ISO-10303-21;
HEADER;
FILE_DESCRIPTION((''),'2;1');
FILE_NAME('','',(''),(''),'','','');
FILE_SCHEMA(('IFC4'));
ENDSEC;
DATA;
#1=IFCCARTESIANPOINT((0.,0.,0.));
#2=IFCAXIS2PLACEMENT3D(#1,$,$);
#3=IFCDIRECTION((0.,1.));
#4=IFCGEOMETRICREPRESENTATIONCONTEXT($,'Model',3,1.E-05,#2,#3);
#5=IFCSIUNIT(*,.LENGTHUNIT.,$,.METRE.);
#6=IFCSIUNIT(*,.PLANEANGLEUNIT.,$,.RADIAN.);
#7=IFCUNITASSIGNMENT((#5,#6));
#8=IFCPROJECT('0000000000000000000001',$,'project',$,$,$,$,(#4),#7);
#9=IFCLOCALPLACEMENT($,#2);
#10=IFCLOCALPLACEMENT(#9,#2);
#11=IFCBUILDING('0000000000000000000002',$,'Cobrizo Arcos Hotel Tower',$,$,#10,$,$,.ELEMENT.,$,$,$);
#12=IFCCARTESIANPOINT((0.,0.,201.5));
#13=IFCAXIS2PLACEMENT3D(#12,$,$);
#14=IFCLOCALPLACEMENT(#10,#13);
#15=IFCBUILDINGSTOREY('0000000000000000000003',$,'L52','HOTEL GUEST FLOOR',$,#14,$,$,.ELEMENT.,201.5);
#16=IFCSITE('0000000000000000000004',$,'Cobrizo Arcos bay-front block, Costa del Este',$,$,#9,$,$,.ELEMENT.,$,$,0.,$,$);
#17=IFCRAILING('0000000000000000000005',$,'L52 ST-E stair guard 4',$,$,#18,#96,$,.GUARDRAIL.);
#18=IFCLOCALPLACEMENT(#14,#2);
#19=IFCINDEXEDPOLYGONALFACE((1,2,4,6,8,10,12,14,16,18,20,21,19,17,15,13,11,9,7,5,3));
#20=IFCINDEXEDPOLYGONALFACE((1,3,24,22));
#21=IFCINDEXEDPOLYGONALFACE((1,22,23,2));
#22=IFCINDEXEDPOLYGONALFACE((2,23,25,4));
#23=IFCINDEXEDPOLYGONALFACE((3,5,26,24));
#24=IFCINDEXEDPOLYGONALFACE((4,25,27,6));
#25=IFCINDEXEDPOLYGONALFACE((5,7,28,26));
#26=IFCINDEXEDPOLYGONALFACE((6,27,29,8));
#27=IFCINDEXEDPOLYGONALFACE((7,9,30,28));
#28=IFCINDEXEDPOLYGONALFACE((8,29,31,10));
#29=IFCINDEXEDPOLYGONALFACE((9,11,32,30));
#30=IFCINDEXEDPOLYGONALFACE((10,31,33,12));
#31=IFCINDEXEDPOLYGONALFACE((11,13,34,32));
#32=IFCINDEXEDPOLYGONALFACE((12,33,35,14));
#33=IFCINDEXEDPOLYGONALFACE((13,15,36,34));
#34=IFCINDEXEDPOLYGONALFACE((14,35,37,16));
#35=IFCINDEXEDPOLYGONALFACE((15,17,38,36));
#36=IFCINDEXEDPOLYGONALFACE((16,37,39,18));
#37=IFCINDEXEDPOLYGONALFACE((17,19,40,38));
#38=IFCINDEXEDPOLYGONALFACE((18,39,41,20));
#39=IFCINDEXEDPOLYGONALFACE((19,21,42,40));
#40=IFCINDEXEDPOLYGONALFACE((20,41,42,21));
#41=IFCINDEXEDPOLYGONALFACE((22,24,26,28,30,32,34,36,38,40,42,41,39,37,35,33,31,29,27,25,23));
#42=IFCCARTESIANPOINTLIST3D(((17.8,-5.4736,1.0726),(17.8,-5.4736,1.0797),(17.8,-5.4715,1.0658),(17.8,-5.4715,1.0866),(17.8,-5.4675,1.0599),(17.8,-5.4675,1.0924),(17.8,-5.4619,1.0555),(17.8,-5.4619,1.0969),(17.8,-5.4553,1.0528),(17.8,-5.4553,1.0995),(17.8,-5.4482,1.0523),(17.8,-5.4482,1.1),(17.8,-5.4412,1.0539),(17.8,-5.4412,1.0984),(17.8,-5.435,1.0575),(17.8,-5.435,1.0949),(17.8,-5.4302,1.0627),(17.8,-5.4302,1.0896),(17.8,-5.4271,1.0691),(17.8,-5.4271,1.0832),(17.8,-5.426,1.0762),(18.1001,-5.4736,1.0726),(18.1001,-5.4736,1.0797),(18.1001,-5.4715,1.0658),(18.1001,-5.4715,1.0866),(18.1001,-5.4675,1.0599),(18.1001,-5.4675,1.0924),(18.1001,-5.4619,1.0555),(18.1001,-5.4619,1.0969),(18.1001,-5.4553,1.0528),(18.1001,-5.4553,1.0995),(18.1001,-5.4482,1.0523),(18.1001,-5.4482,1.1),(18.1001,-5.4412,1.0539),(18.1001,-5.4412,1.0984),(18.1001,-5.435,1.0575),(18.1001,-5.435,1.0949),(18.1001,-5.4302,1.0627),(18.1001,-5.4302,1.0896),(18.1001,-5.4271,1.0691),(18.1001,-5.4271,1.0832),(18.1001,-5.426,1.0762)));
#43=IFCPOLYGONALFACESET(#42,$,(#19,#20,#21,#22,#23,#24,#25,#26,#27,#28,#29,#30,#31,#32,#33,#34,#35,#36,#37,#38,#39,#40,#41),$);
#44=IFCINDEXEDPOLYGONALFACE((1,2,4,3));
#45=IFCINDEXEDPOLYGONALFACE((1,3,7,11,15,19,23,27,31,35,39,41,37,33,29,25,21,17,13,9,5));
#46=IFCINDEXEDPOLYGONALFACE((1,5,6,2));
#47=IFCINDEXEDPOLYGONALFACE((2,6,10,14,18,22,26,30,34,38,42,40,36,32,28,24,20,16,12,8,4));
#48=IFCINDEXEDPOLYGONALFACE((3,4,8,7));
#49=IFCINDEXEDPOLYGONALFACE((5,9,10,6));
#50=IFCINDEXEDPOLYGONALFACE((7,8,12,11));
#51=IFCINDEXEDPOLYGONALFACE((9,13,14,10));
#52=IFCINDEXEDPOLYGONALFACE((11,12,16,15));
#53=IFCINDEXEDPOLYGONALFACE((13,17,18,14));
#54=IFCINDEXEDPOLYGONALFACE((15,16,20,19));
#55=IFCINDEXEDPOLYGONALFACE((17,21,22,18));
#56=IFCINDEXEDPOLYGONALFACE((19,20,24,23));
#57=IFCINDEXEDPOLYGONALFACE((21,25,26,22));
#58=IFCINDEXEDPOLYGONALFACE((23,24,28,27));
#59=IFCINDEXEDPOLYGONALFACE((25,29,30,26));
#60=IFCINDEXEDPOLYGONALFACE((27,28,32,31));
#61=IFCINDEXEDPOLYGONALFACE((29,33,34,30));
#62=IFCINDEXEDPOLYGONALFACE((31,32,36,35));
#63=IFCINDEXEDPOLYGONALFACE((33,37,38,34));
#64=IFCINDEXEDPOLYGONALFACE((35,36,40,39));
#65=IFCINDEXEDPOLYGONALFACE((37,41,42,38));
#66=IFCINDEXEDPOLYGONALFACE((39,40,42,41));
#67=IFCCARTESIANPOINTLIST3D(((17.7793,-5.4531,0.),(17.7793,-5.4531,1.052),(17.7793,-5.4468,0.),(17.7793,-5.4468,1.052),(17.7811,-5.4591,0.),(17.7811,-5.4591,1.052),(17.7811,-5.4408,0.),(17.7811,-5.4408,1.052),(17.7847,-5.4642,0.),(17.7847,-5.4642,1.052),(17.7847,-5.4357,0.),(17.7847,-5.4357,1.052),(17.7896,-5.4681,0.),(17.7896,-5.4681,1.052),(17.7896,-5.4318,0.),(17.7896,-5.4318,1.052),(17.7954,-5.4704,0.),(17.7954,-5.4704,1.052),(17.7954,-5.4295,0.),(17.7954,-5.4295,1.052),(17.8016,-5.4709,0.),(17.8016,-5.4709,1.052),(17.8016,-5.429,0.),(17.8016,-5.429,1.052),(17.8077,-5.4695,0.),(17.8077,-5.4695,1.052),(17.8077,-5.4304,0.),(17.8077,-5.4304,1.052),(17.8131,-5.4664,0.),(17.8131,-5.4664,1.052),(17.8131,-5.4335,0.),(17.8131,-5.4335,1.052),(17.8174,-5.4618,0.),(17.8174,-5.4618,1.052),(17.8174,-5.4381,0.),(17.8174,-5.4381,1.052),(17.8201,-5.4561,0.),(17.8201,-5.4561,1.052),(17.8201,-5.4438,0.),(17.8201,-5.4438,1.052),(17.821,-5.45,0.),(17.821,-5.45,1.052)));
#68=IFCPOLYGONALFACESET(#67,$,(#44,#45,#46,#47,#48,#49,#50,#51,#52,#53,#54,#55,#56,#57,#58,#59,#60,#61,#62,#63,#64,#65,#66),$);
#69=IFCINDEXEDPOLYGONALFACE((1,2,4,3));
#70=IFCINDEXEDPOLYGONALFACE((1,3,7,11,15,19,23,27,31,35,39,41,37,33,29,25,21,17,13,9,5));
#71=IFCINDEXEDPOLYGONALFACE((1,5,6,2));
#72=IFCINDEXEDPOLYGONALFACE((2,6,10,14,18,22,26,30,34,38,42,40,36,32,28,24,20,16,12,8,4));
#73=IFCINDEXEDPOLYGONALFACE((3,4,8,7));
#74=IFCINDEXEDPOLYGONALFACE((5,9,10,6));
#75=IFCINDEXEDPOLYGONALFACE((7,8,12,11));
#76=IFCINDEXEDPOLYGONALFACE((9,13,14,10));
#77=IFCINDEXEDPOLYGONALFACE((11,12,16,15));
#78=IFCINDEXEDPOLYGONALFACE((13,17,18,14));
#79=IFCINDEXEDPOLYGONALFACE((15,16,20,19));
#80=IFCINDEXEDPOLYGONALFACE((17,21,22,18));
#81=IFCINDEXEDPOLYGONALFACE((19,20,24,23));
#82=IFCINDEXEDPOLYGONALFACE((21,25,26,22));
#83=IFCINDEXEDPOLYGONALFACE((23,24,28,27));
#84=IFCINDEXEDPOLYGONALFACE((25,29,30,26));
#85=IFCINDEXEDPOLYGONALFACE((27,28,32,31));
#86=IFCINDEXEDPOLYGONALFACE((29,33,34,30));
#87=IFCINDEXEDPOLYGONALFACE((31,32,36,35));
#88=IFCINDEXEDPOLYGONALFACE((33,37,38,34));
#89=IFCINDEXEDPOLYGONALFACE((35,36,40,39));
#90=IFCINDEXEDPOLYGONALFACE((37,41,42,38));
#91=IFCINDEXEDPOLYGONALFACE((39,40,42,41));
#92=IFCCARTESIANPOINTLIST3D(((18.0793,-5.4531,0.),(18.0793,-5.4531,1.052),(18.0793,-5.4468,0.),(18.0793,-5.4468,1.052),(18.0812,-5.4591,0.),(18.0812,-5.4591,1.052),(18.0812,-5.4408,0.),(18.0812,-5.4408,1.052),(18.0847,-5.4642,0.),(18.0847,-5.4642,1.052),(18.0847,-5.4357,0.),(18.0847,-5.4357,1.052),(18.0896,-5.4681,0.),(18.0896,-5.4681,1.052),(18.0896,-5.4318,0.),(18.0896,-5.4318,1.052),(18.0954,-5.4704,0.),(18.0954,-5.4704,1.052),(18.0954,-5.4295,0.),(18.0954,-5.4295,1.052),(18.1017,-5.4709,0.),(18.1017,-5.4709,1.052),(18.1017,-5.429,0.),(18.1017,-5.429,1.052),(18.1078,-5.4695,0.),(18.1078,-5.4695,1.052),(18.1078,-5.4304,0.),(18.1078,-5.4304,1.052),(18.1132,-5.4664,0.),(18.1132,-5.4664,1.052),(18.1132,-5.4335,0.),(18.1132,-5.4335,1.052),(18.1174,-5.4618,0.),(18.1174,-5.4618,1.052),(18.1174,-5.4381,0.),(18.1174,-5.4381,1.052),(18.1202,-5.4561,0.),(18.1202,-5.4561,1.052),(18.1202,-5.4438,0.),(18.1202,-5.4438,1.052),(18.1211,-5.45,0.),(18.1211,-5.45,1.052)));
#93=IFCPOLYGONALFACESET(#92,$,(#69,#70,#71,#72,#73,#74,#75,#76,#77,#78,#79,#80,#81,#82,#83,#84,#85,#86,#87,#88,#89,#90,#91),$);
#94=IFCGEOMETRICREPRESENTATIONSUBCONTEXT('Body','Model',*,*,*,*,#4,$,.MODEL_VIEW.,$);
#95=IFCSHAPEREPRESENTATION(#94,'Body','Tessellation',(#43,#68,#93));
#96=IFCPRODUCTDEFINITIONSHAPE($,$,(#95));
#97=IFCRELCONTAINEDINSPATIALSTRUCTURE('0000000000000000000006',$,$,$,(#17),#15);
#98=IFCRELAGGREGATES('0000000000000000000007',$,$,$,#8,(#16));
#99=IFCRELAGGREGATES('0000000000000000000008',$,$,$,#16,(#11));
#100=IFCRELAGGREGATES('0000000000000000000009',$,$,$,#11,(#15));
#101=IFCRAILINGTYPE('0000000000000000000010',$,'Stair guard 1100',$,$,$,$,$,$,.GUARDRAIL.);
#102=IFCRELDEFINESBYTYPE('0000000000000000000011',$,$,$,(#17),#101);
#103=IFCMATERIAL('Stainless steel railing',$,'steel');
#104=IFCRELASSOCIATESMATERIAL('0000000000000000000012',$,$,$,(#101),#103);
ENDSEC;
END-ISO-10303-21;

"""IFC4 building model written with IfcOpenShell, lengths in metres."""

from ifc_helpers import new_model, si_unit, direction, frame, origin, origin_2d, place, context, subcontext, project, spatial, circle, extrude, material, type_object, element, save


model = new_model("IFC4")

# Units and contexts
model_context = context("Model", 3, precision=1e-05, world=origin(), true_north=direction((0.0, 1.0)))
body_context = subcontext(model_context, "Body", "Model", "MODEL_VIEW")
ifc_project = project(units=[si_unit("LENGTHUNIT", "METRE"), si_unit("PLANEANGLEUNIT", "RADIAN")], contexts=[model_context])

# Site, building, storey
site_placement = place(None, origin())
site = spatial("IfcSite", under=ifc_project, at=site_placement, Name="Cobrizo Arcos bay-front block, Costa del Este", CompositionType="ELEMENT", RefElevation=0.0)
building_placement = place(site_placement, origin())
building = spatial("IfcBuilding", under=site, at=building_placement, Name="Cobrizo Arcos Hotel Tower", CompositionType="ELEMENT")
storey_placement = place(building_placement, frame((0.0, 0.0, 201.5)))
storey = spatial("IfcBuildingStorey", under=building, at=storey_placement, Name="L52", Description="HOTEL GUEST FLOOR", CompositionType="ELEMENT", Elevation=201.5)

# Railing
ifc_material_1 = material(Name="Stainless steel railing", Category="steel")
railing_type_1 = type_object("IfcRailingType", Name="Stair guard 1100", PredefinedType="GUARDRAIL", material=ifc_material_1)
railing_1_placement = place(storey_placement, frame((17.8, -5.45, 0.0)))
element("IfcRailing", 1, at=railing_1_placement, inside=storey, type_object=railing_type_1, Name="L52 ST-E stair guard 4", PredefinedType="GUARDRAIL", context=body_context, shape_type="SweptSolid", body=[
    extrude(circle(Radius=0.0239, at=origin_2d()), frame((0.0, 0.0, 1.0762), z_axis=(1.0, 0.0, 0.0), x_axis=(0.0, 1.0, 0.0)), (0.0, 0.0, 1.0), 0.3),
    extrude(circle(Radius=0.021, at=origin_2d()), origin(), (0.0, 0.0, 1.0), 1.052),
    extrude(circle(Radius=0.021, at=origin_2d()), frame((0.3, 0.0, 0.0)), (0.0, 0.0, 1.0), 1.052),
])

save(model, "model.ifc")
